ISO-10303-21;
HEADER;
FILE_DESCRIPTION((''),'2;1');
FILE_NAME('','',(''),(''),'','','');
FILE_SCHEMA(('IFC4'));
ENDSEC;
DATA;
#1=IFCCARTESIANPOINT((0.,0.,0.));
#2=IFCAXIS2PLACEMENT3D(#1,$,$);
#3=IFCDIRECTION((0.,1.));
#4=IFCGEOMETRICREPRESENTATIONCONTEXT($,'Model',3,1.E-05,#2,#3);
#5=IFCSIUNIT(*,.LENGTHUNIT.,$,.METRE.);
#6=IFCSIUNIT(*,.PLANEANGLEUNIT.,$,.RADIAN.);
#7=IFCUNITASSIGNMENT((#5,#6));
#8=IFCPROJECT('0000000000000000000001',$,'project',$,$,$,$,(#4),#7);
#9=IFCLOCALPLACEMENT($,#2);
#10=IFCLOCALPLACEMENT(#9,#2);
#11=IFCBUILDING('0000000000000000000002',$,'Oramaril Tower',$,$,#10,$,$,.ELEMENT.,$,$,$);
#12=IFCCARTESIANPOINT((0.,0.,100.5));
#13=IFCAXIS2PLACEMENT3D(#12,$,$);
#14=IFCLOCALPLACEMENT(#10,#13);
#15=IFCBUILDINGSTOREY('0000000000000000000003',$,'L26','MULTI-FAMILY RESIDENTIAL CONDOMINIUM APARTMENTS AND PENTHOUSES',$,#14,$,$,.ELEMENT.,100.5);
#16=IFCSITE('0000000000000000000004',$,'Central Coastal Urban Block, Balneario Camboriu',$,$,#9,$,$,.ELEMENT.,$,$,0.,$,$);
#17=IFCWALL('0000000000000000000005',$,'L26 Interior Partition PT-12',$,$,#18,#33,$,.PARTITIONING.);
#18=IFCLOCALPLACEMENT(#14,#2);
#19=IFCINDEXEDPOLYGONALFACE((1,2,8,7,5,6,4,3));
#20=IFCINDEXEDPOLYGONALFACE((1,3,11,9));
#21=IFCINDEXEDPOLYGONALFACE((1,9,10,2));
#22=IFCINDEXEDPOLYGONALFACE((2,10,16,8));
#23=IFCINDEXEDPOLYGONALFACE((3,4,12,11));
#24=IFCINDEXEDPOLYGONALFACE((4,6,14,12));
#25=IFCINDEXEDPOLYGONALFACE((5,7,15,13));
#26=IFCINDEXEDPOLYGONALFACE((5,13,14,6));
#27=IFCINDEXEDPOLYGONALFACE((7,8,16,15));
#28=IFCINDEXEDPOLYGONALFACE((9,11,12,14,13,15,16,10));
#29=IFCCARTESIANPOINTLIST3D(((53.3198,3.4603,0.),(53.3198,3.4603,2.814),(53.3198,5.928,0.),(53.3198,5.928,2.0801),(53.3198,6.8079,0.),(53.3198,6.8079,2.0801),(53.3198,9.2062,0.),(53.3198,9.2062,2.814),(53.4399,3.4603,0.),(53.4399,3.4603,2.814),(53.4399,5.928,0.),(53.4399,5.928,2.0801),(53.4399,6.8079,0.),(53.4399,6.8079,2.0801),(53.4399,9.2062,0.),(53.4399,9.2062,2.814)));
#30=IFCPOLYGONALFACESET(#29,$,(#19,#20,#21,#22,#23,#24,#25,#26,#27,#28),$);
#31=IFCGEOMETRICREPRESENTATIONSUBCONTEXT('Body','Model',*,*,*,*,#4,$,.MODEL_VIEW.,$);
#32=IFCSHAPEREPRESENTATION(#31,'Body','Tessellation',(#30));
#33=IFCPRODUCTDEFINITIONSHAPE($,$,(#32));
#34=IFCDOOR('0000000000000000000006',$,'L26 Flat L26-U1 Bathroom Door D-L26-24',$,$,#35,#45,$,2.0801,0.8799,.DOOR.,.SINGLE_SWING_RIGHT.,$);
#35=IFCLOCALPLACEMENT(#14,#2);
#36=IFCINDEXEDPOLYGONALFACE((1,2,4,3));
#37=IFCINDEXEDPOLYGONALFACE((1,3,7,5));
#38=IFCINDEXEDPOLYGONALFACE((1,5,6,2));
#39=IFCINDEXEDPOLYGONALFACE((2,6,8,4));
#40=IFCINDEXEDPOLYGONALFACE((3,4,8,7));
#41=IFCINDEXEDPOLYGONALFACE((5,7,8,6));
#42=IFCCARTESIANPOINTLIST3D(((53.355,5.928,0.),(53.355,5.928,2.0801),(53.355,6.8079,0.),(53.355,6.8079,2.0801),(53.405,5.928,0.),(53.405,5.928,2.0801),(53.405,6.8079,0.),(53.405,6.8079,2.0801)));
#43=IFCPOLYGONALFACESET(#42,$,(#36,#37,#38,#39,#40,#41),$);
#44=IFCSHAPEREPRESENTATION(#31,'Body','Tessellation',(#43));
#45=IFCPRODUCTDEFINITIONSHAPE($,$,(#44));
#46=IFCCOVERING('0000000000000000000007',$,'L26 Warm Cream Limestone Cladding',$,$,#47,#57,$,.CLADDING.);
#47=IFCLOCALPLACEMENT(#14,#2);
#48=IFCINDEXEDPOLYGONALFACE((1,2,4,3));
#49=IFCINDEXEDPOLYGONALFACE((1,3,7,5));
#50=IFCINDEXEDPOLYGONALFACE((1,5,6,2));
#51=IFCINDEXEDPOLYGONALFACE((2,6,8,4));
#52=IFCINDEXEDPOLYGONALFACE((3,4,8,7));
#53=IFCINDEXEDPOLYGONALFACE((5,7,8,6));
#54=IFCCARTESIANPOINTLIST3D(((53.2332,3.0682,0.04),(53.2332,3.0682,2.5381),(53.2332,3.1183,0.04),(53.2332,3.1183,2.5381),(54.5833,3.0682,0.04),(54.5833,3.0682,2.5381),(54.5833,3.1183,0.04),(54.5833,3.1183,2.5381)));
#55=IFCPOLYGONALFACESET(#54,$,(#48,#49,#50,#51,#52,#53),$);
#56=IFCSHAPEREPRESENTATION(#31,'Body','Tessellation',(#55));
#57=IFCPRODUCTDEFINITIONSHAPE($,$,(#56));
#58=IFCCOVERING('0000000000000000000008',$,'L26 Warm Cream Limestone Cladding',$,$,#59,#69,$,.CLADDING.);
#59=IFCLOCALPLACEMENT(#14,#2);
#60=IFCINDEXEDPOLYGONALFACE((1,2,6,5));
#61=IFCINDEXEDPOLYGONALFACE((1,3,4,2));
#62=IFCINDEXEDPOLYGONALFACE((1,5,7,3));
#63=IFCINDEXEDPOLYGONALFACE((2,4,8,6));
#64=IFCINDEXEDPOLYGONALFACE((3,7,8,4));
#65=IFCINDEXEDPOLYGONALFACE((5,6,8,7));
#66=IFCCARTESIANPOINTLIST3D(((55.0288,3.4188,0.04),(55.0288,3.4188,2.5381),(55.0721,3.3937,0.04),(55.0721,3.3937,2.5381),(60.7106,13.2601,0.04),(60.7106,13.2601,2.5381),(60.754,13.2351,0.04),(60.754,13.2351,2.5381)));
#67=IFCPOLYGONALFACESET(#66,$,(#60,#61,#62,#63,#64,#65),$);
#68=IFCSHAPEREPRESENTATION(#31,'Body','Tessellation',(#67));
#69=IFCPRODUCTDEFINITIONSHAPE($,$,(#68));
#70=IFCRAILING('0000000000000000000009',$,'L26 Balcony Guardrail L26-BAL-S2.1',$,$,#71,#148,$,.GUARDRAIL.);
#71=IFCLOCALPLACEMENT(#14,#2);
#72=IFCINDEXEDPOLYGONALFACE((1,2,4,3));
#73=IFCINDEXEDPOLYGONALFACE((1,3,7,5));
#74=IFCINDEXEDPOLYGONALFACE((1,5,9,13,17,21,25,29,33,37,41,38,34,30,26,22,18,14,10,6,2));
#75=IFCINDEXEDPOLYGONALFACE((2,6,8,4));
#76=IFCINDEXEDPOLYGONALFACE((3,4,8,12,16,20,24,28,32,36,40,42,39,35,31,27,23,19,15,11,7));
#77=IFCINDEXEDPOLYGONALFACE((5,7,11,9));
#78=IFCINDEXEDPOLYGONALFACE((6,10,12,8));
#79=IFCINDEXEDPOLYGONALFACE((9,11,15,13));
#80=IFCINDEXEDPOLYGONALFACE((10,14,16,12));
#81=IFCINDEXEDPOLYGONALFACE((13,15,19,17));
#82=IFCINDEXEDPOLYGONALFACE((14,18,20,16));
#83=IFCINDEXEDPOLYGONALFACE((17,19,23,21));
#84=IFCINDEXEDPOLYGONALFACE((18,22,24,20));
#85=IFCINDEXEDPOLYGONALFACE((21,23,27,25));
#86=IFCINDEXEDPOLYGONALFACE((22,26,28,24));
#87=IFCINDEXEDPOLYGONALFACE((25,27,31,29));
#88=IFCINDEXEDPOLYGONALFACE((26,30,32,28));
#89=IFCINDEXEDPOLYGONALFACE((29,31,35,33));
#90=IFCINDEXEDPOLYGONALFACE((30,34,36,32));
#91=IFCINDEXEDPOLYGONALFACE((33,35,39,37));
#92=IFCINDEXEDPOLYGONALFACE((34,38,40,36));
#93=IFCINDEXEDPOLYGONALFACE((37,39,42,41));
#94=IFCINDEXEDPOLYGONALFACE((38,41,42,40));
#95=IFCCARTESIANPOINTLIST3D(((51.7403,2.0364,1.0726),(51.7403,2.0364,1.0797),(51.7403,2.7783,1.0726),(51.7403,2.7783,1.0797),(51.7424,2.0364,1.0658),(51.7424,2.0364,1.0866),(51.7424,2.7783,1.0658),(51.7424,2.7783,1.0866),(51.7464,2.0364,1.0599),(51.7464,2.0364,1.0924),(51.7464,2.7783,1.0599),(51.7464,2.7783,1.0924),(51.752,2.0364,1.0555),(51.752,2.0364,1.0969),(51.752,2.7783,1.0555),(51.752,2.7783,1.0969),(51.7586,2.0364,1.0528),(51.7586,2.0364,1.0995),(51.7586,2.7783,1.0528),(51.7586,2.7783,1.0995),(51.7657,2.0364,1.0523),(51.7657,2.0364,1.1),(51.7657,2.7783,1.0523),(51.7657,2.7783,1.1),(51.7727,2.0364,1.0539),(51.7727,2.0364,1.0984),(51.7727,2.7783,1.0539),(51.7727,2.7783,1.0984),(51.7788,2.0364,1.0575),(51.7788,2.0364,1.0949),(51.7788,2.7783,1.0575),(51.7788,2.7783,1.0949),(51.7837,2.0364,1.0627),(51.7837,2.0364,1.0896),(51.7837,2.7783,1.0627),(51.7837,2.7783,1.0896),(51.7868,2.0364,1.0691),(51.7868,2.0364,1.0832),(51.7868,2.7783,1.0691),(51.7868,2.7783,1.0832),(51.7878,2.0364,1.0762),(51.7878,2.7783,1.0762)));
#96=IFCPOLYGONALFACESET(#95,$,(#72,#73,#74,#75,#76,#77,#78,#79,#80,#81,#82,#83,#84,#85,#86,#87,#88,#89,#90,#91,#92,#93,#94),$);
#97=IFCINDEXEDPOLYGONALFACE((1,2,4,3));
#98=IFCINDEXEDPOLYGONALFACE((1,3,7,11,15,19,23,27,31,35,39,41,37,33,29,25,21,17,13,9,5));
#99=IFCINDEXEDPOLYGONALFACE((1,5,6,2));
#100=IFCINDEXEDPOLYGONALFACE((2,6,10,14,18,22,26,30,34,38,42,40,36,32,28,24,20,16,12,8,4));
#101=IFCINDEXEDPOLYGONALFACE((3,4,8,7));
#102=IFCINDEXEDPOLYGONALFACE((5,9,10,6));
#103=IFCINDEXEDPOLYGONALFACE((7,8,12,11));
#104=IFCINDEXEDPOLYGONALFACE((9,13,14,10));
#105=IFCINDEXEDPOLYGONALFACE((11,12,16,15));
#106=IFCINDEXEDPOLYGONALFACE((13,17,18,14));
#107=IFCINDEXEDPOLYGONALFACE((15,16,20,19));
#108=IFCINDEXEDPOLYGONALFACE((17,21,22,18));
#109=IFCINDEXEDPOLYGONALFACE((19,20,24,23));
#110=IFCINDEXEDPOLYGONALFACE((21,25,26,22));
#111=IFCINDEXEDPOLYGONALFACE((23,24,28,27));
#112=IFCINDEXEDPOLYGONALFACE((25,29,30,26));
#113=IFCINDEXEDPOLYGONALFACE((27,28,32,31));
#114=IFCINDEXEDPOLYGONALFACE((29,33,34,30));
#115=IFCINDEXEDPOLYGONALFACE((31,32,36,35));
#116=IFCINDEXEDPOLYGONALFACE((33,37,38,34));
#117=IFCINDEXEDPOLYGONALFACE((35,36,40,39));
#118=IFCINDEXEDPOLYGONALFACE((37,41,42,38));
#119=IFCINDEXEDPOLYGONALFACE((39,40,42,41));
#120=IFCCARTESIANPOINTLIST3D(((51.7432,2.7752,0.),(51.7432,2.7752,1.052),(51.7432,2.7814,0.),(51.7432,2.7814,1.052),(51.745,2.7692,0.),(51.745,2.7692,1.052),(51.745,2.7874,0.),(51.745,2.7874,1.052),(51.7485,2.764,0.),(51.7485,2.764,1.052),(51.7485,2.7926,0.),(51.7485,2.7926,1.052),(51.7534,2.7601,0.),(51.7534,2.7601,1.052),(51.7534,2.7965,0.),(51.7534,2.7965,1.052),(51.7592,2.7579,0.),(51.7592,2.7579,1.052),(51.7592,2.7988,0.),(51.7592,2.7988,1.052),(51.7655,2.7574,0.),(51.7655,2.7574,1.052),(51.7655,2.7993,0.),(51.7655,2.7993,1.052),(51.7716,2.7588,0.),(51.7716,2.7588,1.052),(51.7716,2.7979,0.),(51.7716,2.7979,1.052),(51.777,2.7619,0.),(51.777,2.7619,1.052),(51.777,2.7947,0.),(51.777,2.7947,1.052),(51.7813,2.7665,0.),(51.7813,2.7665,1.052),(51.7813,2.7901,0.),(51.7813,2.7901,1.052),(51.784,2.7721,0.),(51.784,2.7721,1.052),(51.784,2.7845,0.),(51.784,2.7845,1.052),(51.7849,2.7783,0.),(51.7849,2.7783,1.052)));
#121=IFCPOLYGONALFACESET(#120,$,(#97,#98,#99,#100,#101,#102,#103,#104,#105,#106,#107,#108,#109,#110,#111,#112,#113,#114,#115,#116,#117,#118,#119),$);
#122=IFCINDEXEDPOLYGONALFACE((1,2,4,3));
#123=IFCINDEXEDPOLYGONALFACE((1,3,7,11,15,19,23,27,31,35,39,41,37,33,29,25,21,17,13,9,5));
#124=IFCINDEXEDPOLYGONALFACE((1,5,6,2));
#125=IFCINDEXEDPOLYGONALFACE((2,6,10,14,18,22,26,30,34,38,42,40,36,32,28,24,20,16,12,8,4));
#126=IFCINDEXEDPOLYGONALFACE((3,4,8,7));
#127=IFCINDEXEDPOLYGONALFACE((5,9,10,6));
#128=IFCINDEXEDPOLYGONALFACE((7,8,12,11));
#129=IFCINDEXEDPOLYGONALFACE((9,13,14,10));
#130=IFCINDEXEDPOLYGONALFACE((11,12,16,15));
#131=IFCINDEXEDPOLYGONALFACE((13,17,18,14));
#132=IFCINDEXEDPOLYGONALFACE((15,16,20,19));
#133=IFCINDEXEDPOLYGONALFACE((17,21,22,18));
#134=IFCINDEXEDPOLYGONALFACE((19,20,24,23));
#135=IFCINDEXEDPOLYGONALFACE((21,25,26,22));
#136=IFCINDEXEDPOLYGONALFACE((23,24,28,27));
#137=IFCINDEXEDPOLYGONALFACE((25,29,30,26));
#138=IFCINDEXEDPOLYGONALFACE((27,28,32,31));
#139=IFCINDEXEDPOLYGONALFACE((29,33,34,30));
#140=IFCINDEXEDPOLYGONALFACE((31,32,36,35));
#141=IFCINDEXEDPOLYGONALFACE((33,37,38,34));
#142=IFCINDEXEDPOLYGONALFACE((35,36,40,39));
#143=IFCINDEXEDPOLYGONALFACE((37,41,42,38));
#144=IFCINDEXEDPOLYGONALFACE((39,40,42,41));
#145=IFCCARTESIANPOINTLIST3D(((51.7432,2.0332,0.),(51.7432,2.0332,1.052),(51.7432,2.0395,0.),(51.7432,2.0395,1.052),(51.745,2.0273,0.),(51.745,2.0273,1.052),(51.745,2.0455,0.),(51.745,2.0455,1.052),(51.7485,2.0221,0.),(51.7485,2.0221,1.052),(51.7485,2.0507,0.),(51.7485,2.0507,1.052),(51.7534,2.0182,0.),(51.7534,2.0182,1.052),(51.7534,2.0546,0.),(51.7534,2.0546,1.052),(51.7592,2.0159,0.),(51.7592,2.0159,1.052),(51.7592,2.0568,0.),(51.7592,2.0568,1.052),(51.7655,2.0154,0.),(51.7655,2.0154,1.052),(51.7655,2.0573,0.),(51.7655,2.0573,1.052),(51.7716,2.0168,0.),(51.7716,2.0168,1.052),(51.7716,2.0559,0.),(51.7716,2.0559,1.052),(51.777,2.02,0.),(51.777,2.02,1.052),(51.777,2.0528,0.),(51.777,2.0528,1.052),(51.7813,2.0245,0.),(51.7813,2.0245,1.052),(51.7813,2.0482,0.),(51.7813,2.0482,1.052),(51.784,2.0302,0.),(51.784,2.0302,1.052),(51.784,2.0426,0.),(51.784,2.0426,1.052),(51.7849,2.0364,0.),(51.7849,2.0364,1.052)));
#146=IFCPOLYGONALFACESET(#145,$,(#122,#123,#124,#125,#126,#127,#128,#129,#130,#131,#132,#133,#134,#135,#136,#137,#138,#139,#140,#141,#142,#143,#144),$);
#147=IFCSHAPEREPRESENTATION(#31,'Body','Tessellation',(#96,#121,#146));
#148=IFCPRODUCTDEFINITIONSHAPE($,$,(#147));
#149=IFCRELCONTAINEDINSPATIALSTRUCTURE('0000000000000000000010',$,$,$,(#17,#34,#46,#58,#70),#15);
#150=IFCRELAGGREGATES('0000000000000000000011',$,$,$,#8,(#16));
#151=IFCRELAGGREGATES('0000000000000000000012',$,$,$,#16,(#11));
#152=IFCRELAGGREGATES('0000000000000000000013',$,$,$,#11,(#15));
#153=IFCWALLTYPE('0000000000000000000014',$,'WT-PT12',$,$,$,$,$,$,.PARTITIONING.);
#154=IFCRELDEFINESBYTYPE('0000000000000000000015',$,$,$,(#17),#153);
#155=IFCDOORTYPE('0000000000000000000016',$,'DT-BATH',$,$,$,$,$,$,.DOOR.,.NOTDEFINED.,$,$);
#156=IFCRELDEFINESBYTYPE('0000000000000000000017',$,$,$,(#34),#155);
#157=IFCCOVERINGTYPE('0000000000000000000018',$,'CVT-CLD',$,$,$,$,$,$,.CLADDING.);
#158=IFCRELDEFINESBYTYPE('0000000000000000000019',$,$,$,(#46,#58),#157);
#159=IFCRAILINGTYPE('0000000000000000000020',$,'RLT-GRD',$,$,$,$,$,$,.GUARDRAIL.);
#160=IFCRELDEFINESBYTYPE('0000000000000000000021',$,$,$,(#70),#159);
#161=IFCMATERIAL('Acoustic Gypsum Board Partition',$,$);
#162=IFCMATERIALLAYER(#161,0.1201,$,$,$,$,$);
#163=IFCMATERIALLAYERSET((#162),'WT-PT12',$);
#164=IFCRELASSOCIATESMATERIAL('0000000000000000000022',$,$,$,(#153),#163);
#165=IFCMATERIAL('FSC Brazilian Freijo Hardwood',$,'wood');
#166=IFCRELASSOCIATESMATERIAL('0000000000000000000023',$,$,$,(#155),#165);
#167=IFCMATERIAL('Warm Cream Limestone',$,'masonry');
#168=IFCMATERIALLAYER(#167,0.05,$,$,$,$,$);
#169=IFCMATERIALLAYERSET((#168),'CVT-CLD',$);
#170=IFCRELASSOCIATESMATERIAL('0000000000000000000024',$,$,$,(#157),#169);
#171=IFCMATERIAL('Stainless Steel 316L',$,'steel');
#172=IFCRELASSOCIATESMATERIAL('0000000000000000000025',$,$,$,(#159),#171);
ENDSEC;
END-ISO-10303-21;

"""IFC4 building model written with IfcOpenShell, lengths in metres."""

from ifc_helpers import new_model, si_unit, direction, frame, frame_2d, origin, origin_2d, place, context, subcontext, project, spatial, rectangle, circle, extrude, material, layer, layer_set, type_object, element, fill, save


model = new_model("IFC4")

# Units and contexts
model_context = context("Model", 3, precision=1e-05, world=origin(), true_north=direction((0.0, 1.0)))
body_context = subcontext(model_context, "Body", "Model", "MODEL_VIEW")
ifc_project = project(units=[si_unit("LENGTHUNIT", "METRE"), si_unit("PLANEANGLEUNIT", "RADIAN")], contexts=[model_context])

# Site, building, storey
site_placement = place(None, origin())
site = spatial("IfcSite", under=ifc_project, at=site_placement, Name="Central Coastal Urban Block, Balneario Camboriu", CompositionType="ELEMENT", RefElevation=0.0)
building_placement = place(site_placement, origin())
building = spatial("IfcBuilding", under=site, at=building_placement, Name="Oramaril Tower", CompositionType="ELEMENT")
storey_placement = place(building_placement, frame((0.0, 0.0, 100.5)))
storey = spatial("IfcBuildingStorey", under=building, at=storey_placement, Name="L26", Description="MULTI-FAMILY RESIDENTIAL CONDOMINIUM APARTMENTS AND PENTHOUSES", CompositionType="ELEMENT", Elevation=100.5)

# Wall, opening, door
ifc_material_1 = material(Name="Acoustic Gypsum Board Partition")
ifc_layer_1 = layer(ifc_material_1, 0.1201)
ifc_layer_set_1 = layer_set([ifc_layer_1], Name="WT-PT12")
wall_type_1 = type_object("IfcWallType", Name="WT-PT12", PredefinedType="PARTITIONING", material=ifc_layer_set_1)
wall_1_placement = place(storey_placement, frame((53.3799, 3.4602, 0.0), z_axis=(0.0, 0.0, 1.0), x_axis=(0.0, 1.0, 0.0)))
wall_1 = element("IfcWall", 1, at=wall_1_placement, inside=storey, type_object=wall_type_1, Name="L26 Interior Partition PT-12", PredefinedType="PARTITIONING", context=body_context, shape_type="SweptSolid", body=[
    extrude(rectangle(XDim=5.7458, YDim=0.1201, at=frame_2d((2.873, 0.0))), origin(), (0.0, 0.0, 1.0), 2.814),
])
opening_placement = place(wall_1_placement, frame((2.4678, 0.0, 0.0)))
opening = element("IfcOpeningElement", 2, at=opening_placement, cuts=wall_1, PredefinedType="OPENING", context=body_context, shape_type="SweptSolid", body=[
    extrude(rectangle(XDim=0.8799, YDim=2.0801, at=frame_2d((0.4399, 1.04))), frame((0.0, 0.0601, 0.0), z_axis=(0.0, -1.0, 0.0), x_axis=(1.0, 0.0, 0.0)), (0.0, 0.0, 1.0), 0.1201),
])
ifc_material_2 = material(Name="FSC Brazilian Freijo Hardwood", Category="wood")
door_type = type_object("IfcDoorType", Name="DT-BATH", OperationType="NOTDEFINED", PredefinedType="DOOR", material=ifc_material_2)
door_placement = place(opening_placement, origin())
door = element("IfcDoor", 3, at=door_placement, inside=storey, type_object=door_type, Name="L26 Flat L26-U1 Bathroom Door D-L26-24", OperationType="SINGLE_SWING_RIGHT", OverallHeight=2.0801, OverallWidth=0.8799, PredefinedType="DOOR", context=body_context, shape_type="SweptSolid", body=[
    extrude(rectangle(XDim=0.8799, YDim=2.0801, at=frame_2d((0.4399, 1.04))), frame((0.0, 0.0249, 0.0), z_axis=(0.0, -1.0, 0.0), x_axis=(1.0, 0.0, 0.0)), (0.0, 0.0, 1.0), 0.05),
])
fill(opening, door)

# Coverings
ifc_material_3 = material(Name="Warm Cream Limestone", Category="masonry")
ifc_layer_2 = layer(ifc_material_3, 0.05)
ifc_layer_set_2 = layer_set([ifc_layer_2], Name="CVT-CLD")
covering_type = type_object("IfcCoveringType", Name="CVT-CLD", PredefinedType="CLADDING", material=ifc_layer_set_2)
covering_1_placement = place(storey_placement, frame((53.9082, 3.0933, 0.04), z_axis=(0.0, 0.0, 1.0), x_axis=(1.0, 0.0, 0.0)))
element("IfcCovering", 4, at=covering_1_placement, inside=storey, type_object=covering_type, Name="L26 Warm Cream Limestone Cladding", PredefinedType="CLADDING", context=body_context, shape_type="SweptSolid", body=[
    extrude(rectangle(XDim=1.3501, YDim=0.05, at=origin_2d()), origin(), (0.0, 0.0, 1.0), 2.498),
])
covering_2_placement = place(storey_placement, frame((57.8914, 8.3269, 0.04), z_axis=(0.0, 0.0, 1.0), x_axis=(0.499998, 0.866026, 0.0)))
element("IfcCovering", 5, at=covering_2_placement, inside=storey, type_object=covering_type, Name="L26 Warm Cream Limestone Cladding", PredefinedType="CLADDING", context=body_context, shape_type="SweptSolid", body=[
    extrude(rectangle(XDim=11.3638, YDim=0.05, at=origin_2d()), origin(), (0.0, 0.0, 1.0), 2.498),
])

# Railing
ifc_material_4 = material(Name="Stainless Steel 316L", Category="steel")
railing_type = type_object("IfcRailingType", Name="RLT-GRD", PredefinedType="GUARDRAIL", material=ifc_material_4)
railing_1_placement = place(storey_placement, frame((51.7639, 2.7783, 0.0)))
element("IfcRailing", 6, at=railing_1_placement, inside=storey, type_object=railing_type, Name="L26 Balcony Guardrail L26-BAL-S2.1", PredefinedType="GUARDRAIL", context=body_context, shape_type="SweptSolid", body=[
    extrude(circle(Radius=0.0239, at=origin_2d()), frame((0.0, 0.0, 1.0762), z_axis=(0.0, -1.0, 0.0), x_axis=(1.0, 0.0, 0.0)), (0.0, 0.0, 1.0), 0.7419),
    extrude(circle(Radius=0.021, at=origin_2d()), origin(), (0.0, 0.0, 1.0), 1.052),
    extrude(circle(Radius=0.021, at=origin_2d()), frame((0.0, -0.7419, 0.0)), (0.0, 0.0, 1.0), 1.052),
])

save(model, "model.ifc")
